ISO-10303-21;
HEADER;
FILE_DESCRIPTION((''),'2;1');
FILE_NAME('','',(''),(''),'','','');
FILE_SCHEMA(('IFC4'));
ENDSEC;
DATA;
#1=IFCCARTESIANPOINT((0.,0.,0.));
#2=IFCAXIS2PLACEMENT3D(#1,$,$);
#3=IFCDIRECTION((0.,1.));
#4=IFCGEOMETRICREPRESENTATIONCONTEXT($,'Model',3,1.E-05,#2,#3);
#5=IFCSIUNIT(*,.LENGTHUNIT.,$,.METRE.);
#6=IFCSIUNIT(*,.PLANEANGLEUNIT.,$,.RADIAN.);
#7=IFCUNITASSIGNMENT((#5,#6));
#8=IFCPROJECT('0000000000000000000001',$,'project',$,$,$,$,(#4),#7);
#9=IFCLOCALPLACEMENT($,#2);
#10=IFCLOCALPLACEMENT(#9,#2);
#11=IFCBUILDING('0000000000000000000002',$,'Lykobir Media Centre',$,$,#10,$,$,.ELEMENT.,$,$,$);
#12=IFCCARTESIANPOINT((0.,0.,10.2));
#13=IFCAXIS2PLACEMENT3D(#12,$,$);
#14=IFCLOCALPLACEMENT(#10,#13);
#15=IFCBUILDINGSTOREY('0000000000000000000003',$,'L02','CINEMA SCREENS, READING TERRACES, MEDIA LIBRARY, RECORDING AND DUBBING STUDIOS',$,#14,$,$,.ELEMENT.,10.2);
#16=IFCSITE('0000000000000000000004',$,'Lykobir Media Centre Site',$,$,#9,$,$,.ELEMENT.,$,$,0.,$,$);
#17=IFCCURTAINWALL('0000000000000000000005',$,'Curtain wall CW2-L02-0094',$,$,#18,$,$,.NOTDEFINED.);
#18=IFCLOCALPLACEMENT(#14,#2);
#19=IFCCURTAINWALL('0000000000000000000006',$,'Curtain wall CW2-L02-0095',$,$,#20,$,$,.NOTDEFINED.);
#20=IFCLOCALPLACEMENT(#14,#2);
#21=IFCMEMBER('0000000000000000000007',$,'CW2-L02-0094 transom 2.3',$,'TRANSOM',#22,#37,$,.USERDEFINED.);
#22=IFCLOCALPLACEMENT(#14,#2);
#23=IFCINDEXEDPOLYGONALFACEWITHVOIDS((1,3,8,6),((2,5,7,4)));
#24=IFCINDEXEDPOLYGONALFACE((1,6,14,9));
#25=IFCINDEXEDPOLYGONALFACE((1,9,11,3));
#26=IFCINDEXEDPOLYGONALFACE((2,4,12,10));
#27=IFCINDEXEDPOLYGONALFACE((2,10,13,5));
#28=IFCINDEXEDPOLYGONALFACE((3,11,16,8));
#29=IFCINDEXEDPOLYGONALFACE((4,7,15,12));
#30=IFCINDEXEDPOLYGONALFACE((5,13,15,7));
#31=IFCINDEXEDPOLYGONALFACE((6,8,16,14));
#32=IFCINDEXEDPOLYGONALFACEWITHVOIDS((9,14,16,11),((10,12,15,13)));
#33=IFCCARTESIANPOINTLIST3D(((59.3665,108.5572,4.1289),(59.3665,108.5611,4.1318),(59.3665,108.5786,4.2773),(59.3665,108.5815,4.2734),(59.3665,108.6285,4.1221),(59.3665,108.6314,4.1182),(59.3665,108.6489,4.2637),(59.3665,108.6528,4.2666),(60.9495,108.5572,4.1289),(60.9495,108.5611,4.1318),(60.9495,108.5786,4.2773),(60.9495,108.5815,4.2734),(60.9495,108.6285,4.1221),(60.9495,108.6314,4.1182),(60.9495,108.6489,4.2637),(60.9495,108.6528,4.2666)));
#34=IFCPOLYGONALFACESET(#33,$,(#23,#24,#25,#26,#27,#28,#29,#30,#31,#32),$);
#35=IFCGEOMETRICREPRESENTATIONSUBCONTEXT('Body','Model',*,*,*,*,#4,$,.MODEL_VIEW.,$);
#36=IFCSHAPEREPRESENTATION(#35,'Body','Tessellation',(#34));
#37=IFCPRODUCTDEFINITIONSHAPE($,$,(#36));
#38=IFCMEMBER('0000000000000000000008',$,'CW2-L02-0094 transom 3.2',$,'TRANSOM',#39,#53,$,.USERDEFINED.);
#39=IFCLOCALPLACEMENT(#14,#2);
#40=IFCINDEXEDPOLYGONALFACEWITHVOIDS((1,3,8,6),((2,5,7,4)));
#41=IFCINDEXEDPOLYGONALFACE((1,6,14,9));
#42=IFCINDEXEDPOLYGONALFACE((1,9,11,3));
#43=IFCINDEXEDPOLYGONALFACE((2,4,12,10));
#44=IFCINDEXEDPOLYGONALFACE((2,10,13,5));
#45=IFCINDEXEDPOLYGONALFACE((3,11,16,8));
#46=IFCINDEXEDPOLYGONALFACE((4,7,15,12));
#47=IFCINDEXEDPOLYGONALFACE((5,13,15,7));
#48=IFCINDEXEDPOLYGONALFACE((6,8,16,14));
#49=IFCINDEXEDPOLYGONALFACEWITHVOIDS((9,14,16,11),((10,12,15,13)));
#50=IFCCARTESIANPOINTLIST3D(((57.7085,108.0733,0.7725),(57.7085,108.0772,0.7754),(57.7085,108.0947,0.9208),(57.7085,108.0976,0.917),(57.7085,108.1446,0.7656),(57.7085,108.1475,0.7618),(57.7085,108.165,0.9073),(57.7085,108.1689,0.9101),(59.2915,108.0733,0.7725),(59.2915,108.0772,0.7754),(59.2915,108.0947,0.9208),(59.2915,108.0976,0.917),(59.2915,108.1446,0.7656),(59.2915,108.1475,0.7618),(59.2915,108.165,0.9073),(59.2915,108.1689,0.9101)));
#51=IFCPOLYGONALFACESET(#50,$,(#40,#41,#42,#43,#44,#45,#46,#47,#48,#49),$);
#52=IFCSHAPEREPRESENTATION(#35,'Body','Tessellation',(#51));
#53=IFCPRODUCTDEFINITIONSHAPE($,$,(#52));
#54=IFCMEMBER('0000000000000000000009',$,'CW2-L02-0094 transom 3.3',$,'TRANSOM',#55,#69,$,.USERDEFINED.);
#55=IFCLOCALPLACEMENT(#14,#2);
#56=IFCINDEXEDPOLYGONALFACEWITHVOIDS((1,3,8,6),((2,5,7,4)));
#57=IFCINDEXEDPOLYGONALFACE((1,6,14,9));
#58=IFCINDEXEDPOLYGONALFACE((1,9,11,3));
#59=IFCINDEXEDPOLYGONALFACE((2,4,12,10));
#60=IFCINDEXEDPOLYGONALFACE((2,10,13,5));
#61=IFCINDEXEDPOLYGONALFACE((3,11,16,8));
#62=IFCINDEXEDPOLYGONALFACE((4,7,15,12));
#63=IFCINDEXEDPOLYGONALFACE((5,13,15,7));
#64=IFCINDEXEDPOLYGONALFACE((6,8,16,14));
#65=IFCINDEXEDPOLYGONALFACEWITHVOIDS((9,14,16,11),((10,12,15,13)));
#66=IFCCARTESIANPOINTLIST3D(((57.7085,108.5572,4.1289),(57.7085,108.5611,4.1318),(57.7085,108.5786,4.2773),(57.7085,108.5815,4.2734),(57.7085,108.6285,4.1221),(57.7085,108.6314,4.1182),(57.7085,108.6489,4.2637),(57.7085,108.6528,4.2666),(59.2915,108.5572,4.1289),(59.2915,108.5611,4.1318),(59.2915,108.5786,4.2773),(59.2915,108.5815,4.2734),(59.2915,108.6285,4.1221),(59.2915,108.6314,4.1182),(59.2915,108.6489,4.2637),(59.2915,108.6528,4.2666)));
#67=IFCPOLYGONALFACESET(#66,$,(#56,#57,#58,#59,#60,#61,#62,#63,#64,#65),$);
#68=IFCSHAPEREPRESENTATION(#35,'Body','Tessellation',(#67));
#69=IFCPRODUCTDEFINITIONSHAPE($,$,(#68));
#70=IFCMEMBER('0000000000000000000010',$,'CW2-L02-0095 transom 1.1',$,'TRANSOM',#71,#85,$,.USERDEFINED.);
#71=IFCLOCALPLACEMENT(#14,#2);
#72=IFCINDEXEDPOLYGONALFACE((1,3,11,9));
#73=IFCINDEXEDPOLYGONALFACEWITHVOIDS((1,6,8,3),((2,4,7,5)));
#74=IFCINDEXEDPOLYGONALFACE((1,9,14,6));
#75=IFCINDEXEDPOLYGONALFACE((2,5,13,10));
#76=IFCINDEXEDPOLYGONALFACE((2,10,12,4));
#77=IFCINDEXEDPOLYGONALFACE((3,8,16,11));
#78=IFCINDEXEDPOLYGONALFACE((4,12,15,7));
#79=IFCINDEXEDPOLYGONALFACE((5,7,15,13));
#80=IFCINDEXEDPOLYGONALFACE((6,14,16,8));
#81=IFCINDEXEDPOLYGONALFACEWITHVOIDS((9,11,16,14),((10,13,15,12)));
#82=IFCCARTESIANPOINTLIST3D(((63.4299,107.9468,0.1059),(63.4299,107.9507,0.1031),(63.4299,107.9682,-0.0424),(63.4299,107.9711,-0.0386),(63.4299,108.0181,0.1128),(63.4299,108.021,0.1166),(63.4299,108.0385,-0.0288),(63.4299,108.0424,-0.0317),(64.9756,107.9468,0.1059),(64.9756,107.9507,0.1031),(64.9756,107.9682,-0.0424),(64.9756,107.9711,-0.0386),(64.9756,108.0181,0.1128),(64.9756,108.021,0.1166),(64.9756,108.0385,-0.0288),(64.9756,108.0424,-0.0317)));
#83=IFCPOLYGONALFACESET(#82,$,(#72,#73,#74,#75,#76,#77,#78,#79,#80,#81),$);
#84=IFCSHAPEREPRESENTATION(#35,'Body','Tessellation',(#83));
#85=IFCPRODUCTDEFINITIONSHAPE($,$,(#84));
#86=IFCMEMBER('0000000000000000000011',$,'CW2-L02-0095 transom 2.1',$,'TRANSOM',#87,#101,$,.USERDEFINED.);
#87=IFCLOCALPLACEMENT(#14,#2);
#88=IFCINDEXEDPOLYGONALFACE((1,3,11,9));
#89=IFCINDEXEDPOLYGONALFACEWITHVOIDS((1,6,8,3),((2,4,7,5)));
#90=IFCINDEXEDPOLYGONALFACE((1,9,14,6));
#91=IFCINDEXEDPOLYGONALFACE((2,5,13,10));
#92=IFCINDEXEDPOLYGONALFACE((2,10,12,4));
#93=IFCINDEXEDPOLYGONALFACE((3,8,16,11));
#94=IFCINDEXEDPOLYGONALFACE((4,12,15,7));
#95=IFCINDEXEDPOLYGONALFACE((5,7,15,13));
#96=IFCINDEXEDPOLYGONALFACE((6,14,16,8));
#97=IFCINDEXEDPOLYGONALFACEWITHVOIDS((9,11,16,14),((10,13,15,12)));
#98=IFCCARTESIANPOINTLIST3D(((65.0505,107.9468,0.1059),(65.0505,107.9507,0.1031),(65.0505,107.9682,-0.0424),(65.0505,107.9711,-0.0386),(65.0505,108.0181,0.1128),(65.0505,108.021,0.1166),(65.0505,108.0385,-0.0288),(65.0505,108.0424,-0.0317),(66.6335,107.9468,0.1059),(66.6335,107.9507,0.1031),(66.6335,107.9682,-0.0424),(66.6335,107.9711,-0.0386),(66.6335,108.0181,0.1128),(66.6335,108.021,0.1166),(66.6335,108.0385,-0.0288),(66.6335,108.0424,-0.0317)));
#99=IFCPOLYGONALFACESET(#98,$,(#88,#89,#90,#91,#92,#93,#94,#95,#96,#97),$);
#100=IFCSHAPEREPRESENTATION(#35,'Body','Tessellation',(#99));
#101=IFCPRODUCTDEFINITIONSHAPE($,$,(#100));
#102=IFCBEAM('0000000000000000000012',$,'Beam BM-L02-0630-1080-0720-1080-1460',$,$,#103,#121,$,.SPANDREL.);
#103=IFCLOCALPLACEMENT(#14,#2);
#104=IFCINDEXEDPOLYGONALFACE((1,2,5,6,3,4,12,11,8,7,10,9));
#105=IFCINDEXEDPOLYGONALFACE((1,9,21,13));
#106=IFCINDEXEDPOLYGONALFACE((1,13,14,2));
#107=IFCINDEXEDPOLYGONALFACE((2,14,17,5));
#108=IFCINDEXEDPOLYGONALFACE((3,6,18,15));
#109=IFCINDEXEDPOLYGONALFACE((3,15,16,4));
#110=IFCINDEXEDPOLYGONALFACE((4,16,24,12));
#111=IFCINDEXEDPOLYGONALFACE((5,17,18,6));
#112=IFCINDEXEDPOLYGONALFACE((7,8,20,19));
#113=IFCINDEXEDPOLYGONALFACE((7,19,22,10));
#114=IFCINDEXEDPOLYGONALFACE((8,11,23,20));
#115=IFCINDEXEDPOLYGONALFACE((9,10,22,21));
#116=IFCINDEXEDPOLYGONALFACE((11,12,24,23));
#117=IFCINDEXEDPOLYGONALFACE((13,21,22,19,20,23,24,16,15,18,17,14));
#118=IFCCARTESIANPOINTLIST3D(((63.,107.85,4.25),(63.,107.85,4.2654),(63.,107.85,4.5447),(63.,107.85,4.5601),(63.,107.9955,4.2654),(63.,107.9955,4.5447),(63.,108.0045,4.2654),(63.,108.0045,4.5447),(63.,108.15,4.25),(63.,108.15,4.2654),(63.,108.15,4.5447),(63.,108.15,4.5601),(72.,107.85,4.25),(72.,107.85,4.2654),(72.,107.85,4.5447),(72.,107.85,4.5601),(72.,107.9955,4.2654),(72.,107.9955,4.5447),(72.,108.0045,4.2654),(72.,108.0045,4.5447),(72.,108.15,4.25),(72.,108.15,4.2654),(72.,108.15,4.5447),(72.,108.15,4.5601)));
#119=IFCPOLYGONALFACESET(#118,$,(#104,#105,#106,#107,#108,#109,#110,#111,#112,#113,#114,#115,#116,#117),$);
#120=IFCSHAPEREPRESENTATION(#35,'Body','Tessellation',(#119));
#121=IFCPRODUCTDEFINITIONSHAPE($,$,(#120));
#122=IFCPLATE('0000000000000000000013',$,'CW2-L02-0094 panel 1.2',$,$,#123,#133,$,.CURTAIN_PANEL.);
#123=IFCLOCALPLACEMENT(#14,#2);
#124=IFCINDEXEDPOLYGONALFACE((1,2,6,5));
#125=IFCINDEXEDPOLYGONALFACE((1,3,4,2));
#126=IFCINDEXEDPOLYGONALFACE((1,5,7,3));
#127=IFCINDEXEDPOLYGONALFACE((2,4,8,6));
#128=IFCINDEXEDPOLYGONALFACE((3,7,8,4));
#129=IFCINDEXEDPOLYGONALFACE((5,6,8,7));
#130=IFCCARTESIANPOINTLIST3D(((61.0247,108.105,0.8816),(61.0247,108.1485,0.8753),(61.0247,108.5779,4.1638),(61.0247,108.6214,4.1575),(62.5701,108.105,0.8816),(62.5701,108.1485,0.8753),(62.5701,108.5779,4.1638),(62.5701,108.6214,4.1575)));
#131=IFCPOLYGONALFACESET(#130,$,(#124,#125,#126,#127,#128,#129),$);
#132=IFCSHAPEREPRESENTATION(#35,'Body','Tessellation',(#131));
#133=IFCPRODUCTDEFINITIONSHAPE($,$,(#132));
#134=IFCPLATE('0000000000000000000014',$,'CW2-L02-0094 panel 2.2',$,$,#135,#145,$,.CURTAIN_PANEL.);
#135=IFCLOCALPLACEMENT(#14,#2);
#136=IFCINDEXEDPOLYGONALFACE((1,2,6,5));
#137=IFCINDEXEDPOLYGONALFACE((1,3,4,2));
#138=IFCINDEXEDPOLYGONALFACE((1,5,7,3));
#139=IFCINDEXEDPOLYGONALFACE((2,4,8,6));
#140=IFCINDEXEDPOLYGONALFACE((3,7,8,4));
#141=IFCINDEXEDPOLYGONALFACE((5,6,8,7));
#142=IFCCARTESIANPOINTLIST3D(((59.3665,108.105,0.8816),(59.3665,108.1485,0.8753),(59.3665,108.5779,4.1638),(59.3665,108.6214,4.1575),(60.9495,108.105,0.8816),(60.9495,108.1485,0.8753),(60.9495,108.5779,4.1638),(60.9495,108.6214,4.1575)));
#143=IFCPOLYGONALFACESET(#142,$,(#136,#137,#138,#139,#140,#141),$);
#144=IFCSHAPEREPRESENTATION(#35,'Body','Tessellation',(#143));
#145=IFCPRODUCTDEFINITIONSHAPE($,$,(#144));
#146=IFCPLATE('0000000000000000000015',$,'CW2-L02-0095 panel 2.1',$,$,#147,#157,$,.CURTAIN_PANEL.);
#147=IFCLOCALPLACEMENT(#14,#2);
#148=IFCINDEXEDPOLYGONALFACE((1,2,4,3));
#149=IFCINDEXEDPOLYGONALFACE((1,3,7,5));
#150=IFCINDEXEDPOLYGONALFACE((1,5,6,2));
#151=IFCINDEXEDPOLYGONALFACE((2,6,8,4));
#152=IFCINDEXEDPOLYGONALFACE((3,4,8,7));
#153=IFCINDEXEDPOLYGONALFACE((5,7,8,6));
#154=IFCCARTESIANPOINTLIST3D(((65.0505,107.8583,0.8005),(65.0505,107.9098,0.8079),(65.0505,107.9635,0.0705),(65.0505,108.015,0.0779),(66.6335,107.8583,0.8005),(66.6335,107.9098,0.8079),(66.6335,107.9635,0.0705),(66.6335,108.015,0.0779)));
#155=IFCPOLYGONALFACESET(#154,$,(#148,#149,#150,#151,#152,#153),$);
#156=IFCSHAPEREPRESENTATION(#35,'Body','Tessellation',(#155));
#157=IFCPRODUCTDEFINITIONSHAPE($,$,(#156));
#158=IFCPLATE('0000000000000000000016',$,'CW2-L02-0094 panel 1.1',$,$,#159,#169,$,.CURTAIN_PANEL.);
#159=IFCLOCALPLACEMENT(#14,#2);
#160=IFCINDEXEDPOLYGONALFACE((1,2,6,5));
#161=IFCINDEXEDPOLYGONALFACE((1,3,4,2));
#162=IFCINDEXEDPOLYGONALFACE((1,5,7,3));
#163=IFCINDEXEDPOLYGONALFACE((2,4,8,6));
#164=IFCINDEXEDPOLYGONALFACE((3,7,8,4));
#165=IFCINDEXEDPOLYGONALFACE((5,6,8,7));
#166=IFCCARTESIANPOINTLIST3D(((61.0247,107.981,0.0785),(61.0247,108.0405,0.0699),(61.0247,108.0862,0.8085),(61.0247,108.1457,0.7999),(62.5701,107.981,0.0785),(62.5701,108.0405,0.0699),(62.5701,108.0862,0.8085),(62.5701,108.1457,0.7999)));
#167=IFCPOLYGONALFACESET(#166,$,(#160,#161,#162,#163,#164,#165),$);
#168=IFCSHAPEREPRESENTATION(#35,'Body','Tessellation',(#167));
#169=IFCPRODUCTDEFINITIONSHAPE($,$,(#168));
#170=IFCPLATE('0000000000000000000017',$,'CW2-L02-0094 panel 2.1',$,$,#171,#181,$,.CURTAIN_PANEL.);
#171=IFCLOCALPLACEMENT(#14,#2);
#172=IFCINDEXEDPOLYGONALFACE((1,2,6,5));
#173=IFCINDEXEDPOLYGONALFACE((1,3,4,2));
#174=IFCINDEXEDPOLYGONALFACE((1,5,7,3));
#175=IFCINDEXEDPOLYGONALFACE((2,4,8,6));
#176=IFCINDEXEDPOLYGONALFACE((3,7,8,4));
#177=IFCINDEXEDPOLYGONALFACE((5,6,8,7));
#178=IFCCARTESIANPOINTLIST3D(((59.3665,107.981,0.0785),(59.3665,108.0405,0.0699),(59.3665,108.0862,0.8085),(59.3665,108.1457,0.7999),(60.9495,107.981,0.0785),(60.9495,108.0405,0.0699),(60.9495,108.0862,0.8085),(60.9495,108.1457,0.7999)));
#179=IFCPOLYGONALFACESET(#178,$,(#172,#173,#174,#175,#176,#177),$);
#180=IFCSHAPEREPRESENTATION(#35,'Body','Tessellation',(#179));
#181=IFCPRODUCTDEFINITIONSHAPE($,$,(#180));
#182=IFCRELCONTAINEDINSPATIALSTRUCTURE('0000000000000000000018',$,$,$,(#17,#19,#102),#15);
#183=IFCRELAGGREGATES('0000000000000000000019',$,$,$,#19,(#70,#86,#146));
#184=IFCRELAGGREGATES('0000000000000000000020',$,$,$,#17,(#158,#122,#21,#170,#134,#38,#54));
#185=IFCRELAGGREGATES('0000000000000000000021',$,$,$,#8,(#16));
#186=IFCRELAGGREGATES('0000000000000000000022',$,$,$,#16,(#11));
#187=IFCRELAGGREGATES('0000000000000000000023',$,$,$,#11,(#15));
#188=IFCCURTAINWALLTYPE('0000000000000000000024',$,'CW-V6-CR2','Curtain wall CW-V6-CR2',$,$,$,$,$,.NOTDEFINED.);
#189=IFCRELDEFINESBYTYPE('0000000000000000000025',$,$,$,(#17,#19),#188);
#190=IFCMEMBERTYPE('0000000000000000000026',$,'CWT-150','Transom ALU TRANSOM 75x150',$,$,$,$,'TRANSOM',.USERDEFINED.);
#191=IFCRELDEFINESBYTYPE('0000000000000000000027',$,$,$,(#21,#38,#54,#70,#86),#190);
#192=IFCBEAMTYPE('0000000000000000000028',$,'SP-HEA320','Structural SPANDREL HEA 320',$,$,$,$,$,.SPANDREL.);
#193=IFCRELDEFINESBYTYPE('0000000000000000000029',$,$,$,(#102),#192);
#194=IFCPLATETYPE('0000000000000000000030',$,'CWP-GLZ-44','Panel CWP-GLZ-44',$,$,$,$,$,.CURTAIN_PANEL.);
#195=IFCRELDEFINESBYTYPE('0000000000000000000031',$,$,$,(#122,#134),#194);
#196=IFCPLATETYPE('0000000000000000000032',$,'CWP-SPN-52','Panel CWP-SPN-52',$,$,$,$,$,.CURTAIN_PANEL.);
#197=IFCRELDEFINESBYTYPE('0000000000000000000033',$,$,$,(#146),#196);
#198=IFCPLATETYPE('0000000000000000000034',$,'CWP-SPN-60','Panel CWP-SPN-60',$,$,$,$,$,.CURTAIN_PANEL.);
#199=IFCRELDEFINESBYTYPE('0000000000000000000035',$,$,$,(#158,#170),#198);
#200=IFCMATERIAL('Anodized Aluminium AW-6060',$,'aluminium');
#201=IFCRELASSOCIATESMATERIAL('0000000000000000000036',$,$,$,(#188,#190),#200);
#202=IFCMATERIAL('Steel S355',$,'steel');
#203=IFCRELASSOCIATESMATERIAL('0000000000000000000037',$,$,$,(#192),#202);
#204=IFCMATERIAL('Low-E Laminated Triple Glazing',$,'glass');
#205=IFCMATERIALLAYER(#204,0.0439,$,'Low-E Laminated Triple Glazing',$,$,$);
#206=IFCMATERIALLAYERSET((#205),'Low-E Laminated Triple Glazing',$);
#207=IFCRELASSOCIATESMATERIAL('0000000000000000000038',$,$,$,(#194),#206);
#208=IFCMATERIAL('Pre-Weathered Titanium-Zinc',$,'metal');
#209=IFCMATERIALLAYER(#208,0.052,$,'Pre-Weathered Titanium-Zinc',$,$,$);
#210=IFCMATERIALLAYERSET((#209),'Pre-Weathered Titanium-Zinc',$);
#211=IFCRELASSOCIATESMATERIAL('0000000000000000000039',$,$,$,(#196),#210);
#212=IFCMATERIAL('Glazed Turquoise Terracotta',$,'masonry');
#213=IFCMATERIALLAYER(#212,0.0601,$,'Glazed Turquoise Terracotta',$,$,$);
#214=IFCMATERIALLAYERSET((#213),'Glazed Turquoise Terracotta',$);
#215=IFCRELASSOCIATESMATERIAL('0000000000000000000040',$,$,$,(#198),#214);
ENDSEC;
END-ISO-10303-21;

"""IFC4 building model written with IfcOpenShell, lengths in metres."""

from ifc_helpers import new_model, si_unit, direction, frame, origin, origin_2d, place, context, subcontext, project, spatial, rectangle, hollow_rectangle, i_section, extrude, material, layer, layer_set, material_profile, profile_set, type_object, element, aggregate, save


model = new_model("IFC4")

# Units and contexts
model_context = context("Model", 3, precision=1e-05, world=origin(), true_north=direction((0.0, 1.0)))
body_context = subcontext(model_context, "Body", "Model", "MODEL_VIEW")
ifc_project = project(units=[si_unit("LENGTHUNIT", "METRE"), si_unit("PLANEANGLEUNIT", "RADIAN")], contexts=[model_context])

# Site, building, storey
site_placement = place(None, origin())
site = spatial("IfcSite", under=ifc_project, at=site_placement, Name="Lykobir Media Centre Site", CompositionType="ELEMENT", RefElevation=0.0)
building_placement = place(site_placement, origin())
building = spatial("IfcBuilding", under=site, at=building_placement, Name="Lykobir Media Centre", CompositionType="ELEMENT")
storey_placement = place(building_placement, frame((0.0, 0.0, 10.2)))
storey = spatial("IfcBuildingStorey", under=building, at=storey_placement, Name="L02", Description="CINEMA SCREENS, READING TERRACES, MEDIA LIBRARY, RECORDING AND DUBBING STUDIOS", CompositionType="ELEMENT", Elevation=10.2)

# Curtain walls
ifc_material_1 = material(Name="Anodized Aluminium AW-6060", Category="aluminium")
curtain_wall_type = type_object("IfcCurtainWallType", Name="CW-V6-CR2", Description="Curtain wall CW-V6-CR2", PredefinedType="NOTDEFINED", material=ifc_material_1)
curtain_wall_1_placement = place(storey_placement, origin())
curtain_wall_1 = element("IfcCurtainWall", 1, at=curtain_wall_1_placement, inside=storey, type_object=curtain_wall_type, Name="Curtain wall CW2-L02-0094", PredefinedType="NOTDEFINED")
curtain_wall_2_placement = place(storey_placement, origin())
curtain_wall_2 = element("IfcCurtainWall", 2, at=curtain_wall_2_placement, inside=storey, type_object=curtain_wall_type, Name="Curtain wall CW2-L02-0095", PredefinedType="NOTDEFINED")

# Members
ifc_material_profile_1 = material_profile(ifc_material_1, hollow_rectangle(XDim=0.075, YDim=0.1499, WallThickness=0.0034, at=origin_2d()), Name="ALU TRANSOM 75x150")
ifc_profile_set_1 = profile_set([ifc_material_profile_1], Name="Anodized Aluminium AW-6060")
member_type_1 = type_object("IfcMemberType", Name="CWT-150", Description="Transom ALU TRANSOM 75x150", ElementType="TRANSOM", PredefinedType="USERDEFINED", material=ifc_profile_set_1)
member_1_placement = place(storey_placement, frame((60.9495, 108.605, 4.1978), z_axis=(-1.0, 0.0, 0.0), x_axis=(0.0, -0.989776, 0.142629)))
member_1 = element("IfcMember", 3, at=member_1_placement, type_object=member_type_1, Name="CW2-L02-0094 transom 2.3", ObjectType="TRANSOM", PredefinedType="USERDEFINED", context=body_context, shape_type="SweptSolid", body=[
    extrude(hollow_rectangle(XDim=0.075, YDim=0.1499, WallThickness=0.0034, at=origin_2d()), origin(), (0.0, 0.0, 1.0), 1.583),
])
member_2_placement = place(storey_placement, frame((59.2915, 108.1211, 0.8413), z_axis=(-1.0, 0.0, 0.0), x_axis=(0.0, -0.989776, 0.142629)))
member_2 = element("IfcMember", 4, at=member_2_placement, type_object=member_type_1, Name="CW2-L02-0094 transom 3.2", ObjectType="TRANSOM", PredefinedType="USERDEFINED", context=body_context, shape_type="SweptSolid", body=[
    extrude(hollow_rectangle(XDim=0.075, YDim=0.1499, WallThickness=0.0034, at=origin_2d()), origin(), (0.0, 0.0, 1.0), 1.583),
])
member_3_placement = place(storey_placement, frame((59.2915, 108.605, 4.1978), z_axis=(-1.0, 0.0, 0.0), x_axis=(0.0, -0.989776, 0.142629)))
member_3 = element("IfcMember", 5, at=member_3_placement, type_object=member_type_1, Name="CW2-L02-0094 transom 3.3", ObjectType="TRANSOM", PredefinedType="USERDEFINED", context=body_context, shape_type="SweptSolid", body=[
    extrude(hollow_rectangle(XDim=0.075, YDim=0.1499, WallThickness=0.0034, at=origin_2d()), origin(), (0.0, 0.0, 1.0), 1.583),
])
member_4_placement = place(storey_placement, frame((63.4299, 107.9946, 0.0371), z_axis=(1.0, 0.0, 0.0), x_axis=(0.0, 0.989776, 0.142629)))
member_4 = element("IfcMember", 6, at=member_4_placement, type_object=member_type_1, Name="CW2-L02-0095 transom 1.1", ObjectType="TRANSOM", PredefinedType="USERDEFINED", context=body_context, shape_type="SweptSolid", body=[
    extrude(hollow_rectangle(XDim=0.075, YDim=0.1499, WallThickness=0.0034, at=origin_2d()), origin(), (0.0, 0.0, 1.0), 1.5457),
])
member_5_placement = place(storey_placement, frame((65.0505, 107.9946, 0.0371), z_axis=(1.0, 0.0, 0.0), x_axis=(0.0, 0.989776, 0.142629)))
member_5 = element("IfcMember", 7, at=member_5_placement, type_object=member_type_1, Name="CW2-L02-0095 transom 2.1", ObjectType="TRANSOM", PredefinedType="USERDEFINED", context=body_context, shape_type="SweptSolid", body=[
    extrude(hollow_rectangle(XDim=0.075, YDim=0.1499, WallThickness=0.0034, at=origin_2d()), origin(), (0.0, 0.0, 1.0), 1.583),
])

# Beam
ifc_material_2 = material(Name="Steel S355", Category="steel")
ifc_material_profile_2 = material_profile(ifc_material_2, i_section(OverallWidth=0.3, OverallDepth=0.3101, WebThickness=0.009, FlangeThickness=0.0154, at=origin_2d()), Name="HEA 320")
ifc_profile_set_2 = profile_set([ifc_material_profile_2], Name="Steel S355")
beam_type = type_object("IfcBeamType", Name="SP-HEA320", Description="Structural SPANDREL HEA 320", PredefinedType="SPANDREL", material=ifc_profile_set_2)
beam_placement = place(storey_placement, frame((63.0, 108.0, 4.405), z_axis=(1.0, 0.0, 0.0), x_axis=(0.0, 1.0, 0.0)))
element("IfcBeam", 8, at=beam_placement, inside=storey, type_object=beam_type, Name="Beam BM-L02-0630-1080-0720-1080-1460", PredefinedType="SPANDREL", context=body_context, shape_type="SweptSolid", body=[
    extrude(i_section(OverallWidth=0.3, OverallDepth=0.3101, WebThickness=0.009, FlangeThickness=0.0154, at=origin_2d()), origin(), (0.0, 0.0, 1.0), 9.0),
])

# Plates
ifc_material_3 = material(Name="Low-E Laminated Triple Glazing", Category="glass")
ifc_layer_1 = layer(ifc_material_3, 0.0439, Name="Low-E Laminated Triple Glazing")
ifc_layer_set_1 = layer_set([ifc_layer_1], Name="Low-E Laminated Triple Glazing")
plate_type_1 = type_object("IfcPlateType", Name="CWP-GLZ-44", Description="Panel CWP-GLZ-44", PredefinedType="CURTAIN_PANEL", material=ifc_layer_set_1)
plate_1_placement = place(storey_placement, frame((61.7974, 108.1267, 0.8784), z_axis=(0.0, 0.142629, 0.989776), x_axis=(-1.0, 0.0, 0.0)))
plate_1 = element("IfcPlate", 9, at=plate_1_placement, type_object=plate_type_1, Name="CW2-L02-0094 panel 1.2", PredefinedType="CURTAIN_PANEL", context=body_context, shape_type="SweptSolid", body=[
    extrude(rectangle(XDim=1.5454, YDim=0.0439, at=origin_2d()), origin(), (0.0, 0.0, 1.0), 3.3162),
])
plate_2_placement = place(storey_placement, frame((60.158, 108.1267, 0.8784), z_axis=(0.0, 0.142629, 0.989776), x_axis=(-1.0, 0.0, 0.0)))
plate_2 = element("IfcPlate", 10, at=plate_2_placement, type_object=plate_type_1, Name="CW2-L02-0094 panel 2.2", PredefinedType="CURTAIN_PANEL", context=body_context, shape_type="SweptSolid", body=[
    extrude(rectangle(XDim=1.583, YDim=0.0439, at=origin_2d()), origin(), (0.0, 0.0, 1.0), 3.3162),
])
ifc_material_4 = material(Name="Pre-Weathered Titanium-Zinc", Category="metal")
ifc_layer_2 = layer(ifc_material_4, 0.052, Name="Pre-Weathered Titanium-Zinc")
ifc_layer_set_2 = layer_set([ifc_layer_2], Name="Pre-Weathered Titanium-Zinc")
plate_type_2 = type_object("IfcPlateType", Name="CWP-SPN-52", Description="Panel CWP-SPN-52", PredefinedType="CURTAIN_PANEL", material=ifc_layer_set_2)
plate_3_placement = place(storey_placement, frame((65.842, 107.9893, 0.0742), z_axis=(0.0, -0.142629, 0.989776), x_axis=(1.0, 0.0, 0.0)))
plate_3 = element("IfcPlate", 11, at=plate_3_placement, type_object=plate_type_2, Name="CW2-L02-0095 panel 2.1", PredefinedType="CURTAIN_PANEL", context=body_context, shape_type="SweptSolid", body=[
    extrude(rectangle(XDim=1.583, YDim=0.052, at=origin_2d()), origin(), (0.0, 0.0, 1.0), 0.7375),
])
aggregate(curtain_wall_2, [member_4, member_5, plate_3])
ifc_material_5 = material(Name="Glazed Turquoise Terracotta", Category="masonry")
ifc_layer_3 = layer(ifc_material_5, 0.0601, Name="Glazed Turquoise Terracotta")
ifc_layer_set_3 = layer_set([ifc_layer_3], Name="Glazed Turquoise Terracotta")
plate_type_3 = type_object("IfcPlateType", Name="CWP-SPN-60", Description="Panel CWP-SPN-60", PredefinedType="CURTAIN_PANEL", material=ifc_layer_set_3)
plate_4_placement = place(storey_placement, frame((61.7974, 108.0107, 0.0742), z_axis=(0.0, 0.142629, 0.989776), x_axis=(-1.0, 0.0, 0.0)))
plate_4 = element("IfcPlate", 12, at=plate_4_placement, type_object=plate_type_3, Name="CW2-L02-0094 panel 1.1", PredefinedType="CURTAIN_PANEL", context=body_context, shape_type="SweptSolid", body=[
    extrude(rectangle(XDim=1.5454, YDim=0.0601, at=origin_2d()), origin(), (0.0, 0.0, 1.0), 0.7375),
])
plate_5_placement = place(storey_placement, frame((60.158, 108.0107, 0.0742), z_axis=(0.0, 0.142629, 0.989776), x_axis=(-1.0, 0.0, 0.0)))
plate_5 = element("IfcPlate", 13, at=plate_5_placement, type_object=plate_type_3, Name="CW2-L02-0094 panel 2.1", PredefinedType="CURTAIN_PANEL", context=body_context, shape_type="SweptSolid", body=[
    extrude(rectangle(XDim=1.583, YDim=0.0601, at=origin_2d()), origin(), (0.0, 0.0, 1.0), 0.7375),
])
aggregate(curtain_wall_1, [plate_4, plate_1, member_1, plate_5, plate_2, member_2, member_3])

save(model, "model.ifc")
